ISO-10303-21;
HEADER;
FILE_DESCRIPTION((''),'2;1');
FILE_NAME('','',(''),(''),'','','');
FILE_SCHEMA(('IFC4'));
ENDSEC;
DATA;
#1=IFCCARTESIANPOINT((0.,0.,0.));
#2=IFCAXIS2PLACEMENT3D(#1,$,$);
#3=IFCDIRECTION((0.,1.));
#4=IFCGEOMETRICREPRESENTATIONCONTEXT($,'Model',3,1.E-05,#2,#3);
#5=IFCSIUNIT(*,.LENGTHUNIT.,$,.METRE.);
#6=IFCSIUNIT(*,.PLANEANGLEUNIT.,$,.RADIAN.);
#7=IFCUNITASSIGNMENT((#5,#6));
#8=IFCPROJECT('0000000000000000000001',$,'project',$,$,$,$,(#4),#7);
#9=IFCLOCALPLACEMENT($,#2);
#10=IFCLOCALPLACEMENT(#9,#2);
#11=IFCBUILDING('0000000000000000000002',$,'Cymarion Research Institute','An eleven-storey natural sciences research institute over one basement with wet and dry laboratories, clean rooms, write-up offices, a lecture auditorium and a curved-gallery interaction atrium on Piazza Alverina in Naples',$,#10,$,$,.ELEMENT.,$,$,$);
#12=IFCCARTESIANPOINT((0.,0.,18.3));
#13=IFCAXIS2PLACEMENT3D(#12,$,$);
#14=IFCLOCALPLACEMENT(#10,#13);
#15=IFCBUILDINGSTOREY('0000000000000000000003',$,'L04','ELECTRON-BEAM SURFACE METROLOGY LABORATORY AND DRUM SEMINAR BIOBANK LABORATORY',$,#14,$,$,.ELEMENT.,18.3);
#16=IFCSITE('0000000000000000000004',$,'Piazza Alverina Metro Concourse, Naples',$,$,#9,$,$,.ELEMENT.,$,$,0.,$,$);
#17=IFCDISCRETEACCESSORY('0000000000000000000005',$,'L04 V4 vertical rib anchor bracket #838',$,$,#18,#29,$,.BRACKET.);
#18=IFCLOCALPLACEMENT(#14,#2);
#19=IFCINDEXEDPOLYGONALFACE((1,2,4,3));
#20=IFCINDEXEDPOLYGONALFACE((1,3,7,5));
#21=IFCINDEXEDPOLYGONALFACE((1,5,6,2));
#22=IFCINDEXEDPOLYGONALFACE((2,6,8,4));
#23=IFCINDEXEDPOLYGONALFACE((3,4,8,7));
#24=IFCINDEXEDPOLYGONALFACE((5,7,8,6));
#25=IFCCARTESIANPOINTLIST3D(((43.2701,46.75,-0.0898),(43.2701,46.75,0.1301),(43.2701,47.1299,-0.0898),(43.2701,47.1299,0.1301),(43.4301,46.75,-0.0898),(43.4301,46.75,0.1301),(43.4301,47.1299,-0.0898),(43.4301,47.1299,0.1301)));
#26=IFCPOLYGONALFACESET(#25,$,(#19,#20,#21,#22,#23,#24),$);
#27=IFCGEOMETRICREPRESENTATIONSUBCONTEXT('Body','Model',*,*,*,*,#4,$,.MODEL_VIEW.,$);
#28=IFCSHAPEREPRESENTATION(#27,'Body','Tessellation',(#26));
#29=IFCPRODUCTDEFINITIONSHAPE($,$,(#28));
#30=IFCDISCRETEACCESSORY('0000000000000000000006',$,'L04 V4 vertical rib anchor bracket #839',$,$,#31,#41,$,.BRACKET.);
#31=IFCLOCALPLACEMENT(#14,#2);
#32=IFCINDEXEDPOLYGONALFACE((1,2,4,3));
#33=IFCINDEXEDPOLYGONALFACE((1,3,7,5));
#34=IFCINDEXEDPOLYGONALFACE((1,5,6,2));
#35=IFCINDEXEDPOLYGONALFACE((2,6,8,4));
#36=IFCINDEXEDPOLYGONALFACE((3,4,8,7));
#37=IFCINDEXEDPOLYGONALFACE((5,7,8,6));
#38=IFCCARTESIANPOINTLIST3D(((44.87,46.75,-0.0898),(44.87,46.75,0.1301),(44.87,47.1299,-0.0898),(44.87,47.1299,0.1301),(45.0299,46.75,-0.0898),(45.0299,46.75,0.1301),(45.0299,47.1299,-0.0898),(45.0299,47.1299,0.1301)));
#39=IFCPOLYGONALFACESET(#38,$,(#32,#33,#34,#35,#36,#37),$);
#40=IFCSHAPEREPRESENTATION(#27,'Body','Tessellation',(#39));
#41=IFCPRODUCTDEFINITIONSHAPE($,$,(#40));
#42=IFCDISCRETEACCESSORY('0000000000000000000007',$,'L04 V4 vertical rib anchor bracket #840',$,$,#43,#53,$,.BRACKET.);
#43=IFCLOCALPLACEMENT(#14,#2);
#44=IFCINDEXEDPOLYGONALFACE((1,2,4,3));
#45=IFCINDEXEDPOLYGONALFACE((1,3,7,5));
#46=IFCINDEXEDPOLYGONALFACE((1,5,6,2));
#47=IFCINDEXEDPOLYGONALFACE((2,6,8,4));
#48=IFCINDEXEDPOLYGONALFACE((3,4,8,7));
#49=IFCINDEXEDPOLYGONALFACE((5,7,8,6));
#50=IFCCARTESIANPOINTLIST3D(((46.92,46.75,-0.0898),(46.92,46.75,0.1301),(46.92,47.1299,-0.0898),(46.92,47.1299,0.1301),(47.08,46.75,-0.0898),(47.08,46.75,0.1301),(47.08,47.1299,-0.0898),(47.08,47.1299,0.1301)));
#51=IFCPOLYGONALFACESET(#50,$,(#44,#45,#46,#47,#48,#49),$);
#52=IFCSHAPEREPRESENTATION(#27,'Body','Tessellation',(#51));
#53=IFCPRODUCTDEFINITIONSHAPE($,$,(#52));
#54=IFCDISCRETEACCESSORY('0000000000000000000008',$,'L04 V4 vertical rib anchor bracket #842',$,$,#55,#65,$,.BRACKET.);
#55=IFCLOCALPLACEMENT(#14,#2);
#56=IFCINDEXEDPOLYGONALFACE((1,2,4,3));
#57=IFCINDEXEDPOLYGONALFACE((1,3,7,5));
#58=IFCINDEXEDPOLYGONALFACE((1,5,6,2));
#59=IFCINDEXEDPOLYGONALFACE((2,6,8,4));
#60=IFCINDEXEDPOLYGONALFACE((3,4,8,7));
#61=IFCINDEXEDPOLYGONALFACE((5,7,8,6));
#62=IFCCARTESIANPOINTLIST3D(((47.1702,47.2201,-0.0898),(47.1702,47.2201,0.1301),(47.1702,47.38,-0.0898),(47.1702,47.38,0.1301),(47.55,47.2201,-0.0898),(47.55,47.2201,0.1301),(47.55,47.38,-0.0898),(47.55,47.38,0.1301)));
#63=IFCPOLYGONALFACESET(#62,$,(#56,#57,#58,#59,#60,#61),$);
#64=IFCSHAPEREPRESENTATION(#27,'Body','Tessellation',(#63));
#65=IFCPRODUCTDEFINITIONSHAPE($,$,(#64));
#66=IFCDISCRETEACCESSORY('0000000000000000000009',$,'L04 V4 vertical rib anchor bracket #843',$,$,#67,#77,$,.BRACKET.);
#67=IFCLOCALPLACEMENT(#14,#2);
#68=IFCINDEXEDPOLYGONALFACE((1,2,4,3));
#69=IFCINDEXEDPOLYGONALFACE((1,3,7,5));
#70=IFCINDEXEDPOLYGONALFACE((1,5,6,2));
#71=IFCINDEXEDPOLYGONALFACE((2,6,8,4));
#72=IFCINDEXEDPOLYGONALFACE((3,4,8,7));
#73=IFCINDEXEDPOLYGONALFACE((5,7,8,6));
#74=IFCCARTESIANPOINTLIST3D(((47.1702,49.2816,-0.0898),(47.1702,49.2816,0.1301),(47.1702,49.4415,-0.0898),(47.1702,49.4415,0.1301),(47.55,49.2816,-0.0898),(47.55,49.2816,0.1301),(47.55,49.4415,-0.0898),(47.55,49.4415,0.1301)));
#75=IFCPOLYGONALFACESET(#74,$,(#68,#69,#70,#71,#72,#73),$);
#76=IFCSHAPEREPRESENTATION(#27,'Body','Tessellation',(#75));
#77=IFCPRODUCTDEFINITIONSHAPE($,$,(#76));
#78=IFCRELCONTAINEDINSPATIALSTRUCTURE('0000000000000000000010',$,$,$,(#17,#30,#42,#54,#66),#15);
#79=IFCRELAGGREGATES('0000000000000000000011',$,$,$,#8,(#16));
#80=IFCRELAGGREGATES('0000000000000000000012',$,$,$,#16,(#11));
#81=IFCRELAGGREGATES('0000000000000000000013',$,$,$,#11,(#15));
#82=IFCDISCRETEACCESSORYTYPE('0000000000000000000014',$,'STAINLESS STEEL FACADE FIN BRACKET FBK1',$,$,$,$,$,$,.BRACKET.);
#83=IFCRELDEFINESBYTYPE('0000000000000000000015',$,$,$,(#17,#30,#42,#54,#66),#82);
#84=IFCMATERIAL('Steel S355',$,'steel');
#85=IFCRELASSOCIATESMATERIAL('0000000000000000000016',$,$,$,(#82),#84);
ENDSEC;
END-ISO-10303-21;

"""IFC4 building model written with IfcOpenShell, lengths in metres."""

from ifc_helpers import new_model, si_unit, direction, frame, origin, origin_2d, place, context, subcontext, project, spatial, rectangle, extrude, material, type_object, element, save


model = new_model("IFC4")

# Units and contexts
model_context = context("Model", 3, precision=1e-05, world=origin(), true_north=direction((0.0, 1.0)))
body_context = subcontext(model_context, "Body", "Model", "MODEL_VIEW")
ifc_project = project(units=[si_unit("LENGTHUNIT", "METRE"), si_unit("PLANEANGLEUNIT", "RADIAN")], contexts=[model_context])

# Site, building, storey
site_placement = place(None, origin())
site = spatial("IfcSite", under=ifc_project, at=site_placement, Name="Piazza Alverina Metro Concourse, Naples", CompositionType="ELEMENT", RefElevation=0.0)
building_placement = place(site_placement, origin())
building = spatial("IfcBuilding", under=site, at=building_placement, Name="Cymarion Research Institute", Description="An eleven-storey natural sciences research institute over one basement with wet and dry laboratories, clean rooms, write-up offices, a lecture auditorium and a curved-gallery interaction atrium on Piazza Alverina in Naples", CompositionType="ELEMENT")
storey_placement = place(building_placement, frame((0.0, 0.0, 18.3)))
storey = spatial("IfcBuildingStorey", under=building, at=storey_placement, Name="L04", Description="ELECTRON-BEAM SURFACE METROLOGY LABORATORY AND DRUM SEMINAR BIOBANK LABORATORY", CompositionType="ELEMENT", Elevation=18.3)

# Shared definitions
ifc_material_1 = material(Name="Steel S355", Category="steel")

# Discrete accessories
discrete_accessory_type = type_object("IfcDiscreteAccessoryType", Name="STAINLESS STEEL FACADE FIN BRACKET FBK1", PredefinedType="BRACKET", material=ifc_material_1)
for number, where, z_axis, x_axis, name in (
    (1, (43.3501, 46.9399, -0.0898), (0.0, 0.0, 1.0), (0.0, -1.0, 0.0), "L04 V4 vertical rib anchor bracket #838"),
    (2, (44.95, 46.9399, -0.0898), (0.0, 0.0, 1.0), (0.0, -1.0, 0.0), "L04 V4 vertical rib anchor bracket #839"),
    (3, (47.0, 46.9399, -0.0898), (0.0, 0.0, 1.0), (0.0, -1.0, 0.0), "L04 V4 vertical rib anchor bracket #840"),
    (4, (47.3601, 47.3, -0.0898), (0.0, 0.0, 1.0), (1.0, 0.0, 0.0), "L04 V4 vertical rib anchor bracket #842"),
    (5, (47.3601, 49.3616, -0.0898), (0.0, 0.0, 1.0), (1.0, 0.0, 0.0), "L04 V4 vertical rib anchor bracket #843"),
):
    element("IfcDiscreteAccessory", number, at=place(storey_placement, frame(where, z_axis=z_axis, x_axis=x_axis)), inside=storey, type_object=discrete_accessory_type, Name=name, PredefinedType="BRACKET", context=body_context, shape_type="SweptSolid", body=[
        extrude(rectangle(XDim=0.3799, YDim=0.1599, at=origin_2d()), origin(), (0.0, 0.0, 1.0), 0.22),
    ])

save(model, "model.ifc")
